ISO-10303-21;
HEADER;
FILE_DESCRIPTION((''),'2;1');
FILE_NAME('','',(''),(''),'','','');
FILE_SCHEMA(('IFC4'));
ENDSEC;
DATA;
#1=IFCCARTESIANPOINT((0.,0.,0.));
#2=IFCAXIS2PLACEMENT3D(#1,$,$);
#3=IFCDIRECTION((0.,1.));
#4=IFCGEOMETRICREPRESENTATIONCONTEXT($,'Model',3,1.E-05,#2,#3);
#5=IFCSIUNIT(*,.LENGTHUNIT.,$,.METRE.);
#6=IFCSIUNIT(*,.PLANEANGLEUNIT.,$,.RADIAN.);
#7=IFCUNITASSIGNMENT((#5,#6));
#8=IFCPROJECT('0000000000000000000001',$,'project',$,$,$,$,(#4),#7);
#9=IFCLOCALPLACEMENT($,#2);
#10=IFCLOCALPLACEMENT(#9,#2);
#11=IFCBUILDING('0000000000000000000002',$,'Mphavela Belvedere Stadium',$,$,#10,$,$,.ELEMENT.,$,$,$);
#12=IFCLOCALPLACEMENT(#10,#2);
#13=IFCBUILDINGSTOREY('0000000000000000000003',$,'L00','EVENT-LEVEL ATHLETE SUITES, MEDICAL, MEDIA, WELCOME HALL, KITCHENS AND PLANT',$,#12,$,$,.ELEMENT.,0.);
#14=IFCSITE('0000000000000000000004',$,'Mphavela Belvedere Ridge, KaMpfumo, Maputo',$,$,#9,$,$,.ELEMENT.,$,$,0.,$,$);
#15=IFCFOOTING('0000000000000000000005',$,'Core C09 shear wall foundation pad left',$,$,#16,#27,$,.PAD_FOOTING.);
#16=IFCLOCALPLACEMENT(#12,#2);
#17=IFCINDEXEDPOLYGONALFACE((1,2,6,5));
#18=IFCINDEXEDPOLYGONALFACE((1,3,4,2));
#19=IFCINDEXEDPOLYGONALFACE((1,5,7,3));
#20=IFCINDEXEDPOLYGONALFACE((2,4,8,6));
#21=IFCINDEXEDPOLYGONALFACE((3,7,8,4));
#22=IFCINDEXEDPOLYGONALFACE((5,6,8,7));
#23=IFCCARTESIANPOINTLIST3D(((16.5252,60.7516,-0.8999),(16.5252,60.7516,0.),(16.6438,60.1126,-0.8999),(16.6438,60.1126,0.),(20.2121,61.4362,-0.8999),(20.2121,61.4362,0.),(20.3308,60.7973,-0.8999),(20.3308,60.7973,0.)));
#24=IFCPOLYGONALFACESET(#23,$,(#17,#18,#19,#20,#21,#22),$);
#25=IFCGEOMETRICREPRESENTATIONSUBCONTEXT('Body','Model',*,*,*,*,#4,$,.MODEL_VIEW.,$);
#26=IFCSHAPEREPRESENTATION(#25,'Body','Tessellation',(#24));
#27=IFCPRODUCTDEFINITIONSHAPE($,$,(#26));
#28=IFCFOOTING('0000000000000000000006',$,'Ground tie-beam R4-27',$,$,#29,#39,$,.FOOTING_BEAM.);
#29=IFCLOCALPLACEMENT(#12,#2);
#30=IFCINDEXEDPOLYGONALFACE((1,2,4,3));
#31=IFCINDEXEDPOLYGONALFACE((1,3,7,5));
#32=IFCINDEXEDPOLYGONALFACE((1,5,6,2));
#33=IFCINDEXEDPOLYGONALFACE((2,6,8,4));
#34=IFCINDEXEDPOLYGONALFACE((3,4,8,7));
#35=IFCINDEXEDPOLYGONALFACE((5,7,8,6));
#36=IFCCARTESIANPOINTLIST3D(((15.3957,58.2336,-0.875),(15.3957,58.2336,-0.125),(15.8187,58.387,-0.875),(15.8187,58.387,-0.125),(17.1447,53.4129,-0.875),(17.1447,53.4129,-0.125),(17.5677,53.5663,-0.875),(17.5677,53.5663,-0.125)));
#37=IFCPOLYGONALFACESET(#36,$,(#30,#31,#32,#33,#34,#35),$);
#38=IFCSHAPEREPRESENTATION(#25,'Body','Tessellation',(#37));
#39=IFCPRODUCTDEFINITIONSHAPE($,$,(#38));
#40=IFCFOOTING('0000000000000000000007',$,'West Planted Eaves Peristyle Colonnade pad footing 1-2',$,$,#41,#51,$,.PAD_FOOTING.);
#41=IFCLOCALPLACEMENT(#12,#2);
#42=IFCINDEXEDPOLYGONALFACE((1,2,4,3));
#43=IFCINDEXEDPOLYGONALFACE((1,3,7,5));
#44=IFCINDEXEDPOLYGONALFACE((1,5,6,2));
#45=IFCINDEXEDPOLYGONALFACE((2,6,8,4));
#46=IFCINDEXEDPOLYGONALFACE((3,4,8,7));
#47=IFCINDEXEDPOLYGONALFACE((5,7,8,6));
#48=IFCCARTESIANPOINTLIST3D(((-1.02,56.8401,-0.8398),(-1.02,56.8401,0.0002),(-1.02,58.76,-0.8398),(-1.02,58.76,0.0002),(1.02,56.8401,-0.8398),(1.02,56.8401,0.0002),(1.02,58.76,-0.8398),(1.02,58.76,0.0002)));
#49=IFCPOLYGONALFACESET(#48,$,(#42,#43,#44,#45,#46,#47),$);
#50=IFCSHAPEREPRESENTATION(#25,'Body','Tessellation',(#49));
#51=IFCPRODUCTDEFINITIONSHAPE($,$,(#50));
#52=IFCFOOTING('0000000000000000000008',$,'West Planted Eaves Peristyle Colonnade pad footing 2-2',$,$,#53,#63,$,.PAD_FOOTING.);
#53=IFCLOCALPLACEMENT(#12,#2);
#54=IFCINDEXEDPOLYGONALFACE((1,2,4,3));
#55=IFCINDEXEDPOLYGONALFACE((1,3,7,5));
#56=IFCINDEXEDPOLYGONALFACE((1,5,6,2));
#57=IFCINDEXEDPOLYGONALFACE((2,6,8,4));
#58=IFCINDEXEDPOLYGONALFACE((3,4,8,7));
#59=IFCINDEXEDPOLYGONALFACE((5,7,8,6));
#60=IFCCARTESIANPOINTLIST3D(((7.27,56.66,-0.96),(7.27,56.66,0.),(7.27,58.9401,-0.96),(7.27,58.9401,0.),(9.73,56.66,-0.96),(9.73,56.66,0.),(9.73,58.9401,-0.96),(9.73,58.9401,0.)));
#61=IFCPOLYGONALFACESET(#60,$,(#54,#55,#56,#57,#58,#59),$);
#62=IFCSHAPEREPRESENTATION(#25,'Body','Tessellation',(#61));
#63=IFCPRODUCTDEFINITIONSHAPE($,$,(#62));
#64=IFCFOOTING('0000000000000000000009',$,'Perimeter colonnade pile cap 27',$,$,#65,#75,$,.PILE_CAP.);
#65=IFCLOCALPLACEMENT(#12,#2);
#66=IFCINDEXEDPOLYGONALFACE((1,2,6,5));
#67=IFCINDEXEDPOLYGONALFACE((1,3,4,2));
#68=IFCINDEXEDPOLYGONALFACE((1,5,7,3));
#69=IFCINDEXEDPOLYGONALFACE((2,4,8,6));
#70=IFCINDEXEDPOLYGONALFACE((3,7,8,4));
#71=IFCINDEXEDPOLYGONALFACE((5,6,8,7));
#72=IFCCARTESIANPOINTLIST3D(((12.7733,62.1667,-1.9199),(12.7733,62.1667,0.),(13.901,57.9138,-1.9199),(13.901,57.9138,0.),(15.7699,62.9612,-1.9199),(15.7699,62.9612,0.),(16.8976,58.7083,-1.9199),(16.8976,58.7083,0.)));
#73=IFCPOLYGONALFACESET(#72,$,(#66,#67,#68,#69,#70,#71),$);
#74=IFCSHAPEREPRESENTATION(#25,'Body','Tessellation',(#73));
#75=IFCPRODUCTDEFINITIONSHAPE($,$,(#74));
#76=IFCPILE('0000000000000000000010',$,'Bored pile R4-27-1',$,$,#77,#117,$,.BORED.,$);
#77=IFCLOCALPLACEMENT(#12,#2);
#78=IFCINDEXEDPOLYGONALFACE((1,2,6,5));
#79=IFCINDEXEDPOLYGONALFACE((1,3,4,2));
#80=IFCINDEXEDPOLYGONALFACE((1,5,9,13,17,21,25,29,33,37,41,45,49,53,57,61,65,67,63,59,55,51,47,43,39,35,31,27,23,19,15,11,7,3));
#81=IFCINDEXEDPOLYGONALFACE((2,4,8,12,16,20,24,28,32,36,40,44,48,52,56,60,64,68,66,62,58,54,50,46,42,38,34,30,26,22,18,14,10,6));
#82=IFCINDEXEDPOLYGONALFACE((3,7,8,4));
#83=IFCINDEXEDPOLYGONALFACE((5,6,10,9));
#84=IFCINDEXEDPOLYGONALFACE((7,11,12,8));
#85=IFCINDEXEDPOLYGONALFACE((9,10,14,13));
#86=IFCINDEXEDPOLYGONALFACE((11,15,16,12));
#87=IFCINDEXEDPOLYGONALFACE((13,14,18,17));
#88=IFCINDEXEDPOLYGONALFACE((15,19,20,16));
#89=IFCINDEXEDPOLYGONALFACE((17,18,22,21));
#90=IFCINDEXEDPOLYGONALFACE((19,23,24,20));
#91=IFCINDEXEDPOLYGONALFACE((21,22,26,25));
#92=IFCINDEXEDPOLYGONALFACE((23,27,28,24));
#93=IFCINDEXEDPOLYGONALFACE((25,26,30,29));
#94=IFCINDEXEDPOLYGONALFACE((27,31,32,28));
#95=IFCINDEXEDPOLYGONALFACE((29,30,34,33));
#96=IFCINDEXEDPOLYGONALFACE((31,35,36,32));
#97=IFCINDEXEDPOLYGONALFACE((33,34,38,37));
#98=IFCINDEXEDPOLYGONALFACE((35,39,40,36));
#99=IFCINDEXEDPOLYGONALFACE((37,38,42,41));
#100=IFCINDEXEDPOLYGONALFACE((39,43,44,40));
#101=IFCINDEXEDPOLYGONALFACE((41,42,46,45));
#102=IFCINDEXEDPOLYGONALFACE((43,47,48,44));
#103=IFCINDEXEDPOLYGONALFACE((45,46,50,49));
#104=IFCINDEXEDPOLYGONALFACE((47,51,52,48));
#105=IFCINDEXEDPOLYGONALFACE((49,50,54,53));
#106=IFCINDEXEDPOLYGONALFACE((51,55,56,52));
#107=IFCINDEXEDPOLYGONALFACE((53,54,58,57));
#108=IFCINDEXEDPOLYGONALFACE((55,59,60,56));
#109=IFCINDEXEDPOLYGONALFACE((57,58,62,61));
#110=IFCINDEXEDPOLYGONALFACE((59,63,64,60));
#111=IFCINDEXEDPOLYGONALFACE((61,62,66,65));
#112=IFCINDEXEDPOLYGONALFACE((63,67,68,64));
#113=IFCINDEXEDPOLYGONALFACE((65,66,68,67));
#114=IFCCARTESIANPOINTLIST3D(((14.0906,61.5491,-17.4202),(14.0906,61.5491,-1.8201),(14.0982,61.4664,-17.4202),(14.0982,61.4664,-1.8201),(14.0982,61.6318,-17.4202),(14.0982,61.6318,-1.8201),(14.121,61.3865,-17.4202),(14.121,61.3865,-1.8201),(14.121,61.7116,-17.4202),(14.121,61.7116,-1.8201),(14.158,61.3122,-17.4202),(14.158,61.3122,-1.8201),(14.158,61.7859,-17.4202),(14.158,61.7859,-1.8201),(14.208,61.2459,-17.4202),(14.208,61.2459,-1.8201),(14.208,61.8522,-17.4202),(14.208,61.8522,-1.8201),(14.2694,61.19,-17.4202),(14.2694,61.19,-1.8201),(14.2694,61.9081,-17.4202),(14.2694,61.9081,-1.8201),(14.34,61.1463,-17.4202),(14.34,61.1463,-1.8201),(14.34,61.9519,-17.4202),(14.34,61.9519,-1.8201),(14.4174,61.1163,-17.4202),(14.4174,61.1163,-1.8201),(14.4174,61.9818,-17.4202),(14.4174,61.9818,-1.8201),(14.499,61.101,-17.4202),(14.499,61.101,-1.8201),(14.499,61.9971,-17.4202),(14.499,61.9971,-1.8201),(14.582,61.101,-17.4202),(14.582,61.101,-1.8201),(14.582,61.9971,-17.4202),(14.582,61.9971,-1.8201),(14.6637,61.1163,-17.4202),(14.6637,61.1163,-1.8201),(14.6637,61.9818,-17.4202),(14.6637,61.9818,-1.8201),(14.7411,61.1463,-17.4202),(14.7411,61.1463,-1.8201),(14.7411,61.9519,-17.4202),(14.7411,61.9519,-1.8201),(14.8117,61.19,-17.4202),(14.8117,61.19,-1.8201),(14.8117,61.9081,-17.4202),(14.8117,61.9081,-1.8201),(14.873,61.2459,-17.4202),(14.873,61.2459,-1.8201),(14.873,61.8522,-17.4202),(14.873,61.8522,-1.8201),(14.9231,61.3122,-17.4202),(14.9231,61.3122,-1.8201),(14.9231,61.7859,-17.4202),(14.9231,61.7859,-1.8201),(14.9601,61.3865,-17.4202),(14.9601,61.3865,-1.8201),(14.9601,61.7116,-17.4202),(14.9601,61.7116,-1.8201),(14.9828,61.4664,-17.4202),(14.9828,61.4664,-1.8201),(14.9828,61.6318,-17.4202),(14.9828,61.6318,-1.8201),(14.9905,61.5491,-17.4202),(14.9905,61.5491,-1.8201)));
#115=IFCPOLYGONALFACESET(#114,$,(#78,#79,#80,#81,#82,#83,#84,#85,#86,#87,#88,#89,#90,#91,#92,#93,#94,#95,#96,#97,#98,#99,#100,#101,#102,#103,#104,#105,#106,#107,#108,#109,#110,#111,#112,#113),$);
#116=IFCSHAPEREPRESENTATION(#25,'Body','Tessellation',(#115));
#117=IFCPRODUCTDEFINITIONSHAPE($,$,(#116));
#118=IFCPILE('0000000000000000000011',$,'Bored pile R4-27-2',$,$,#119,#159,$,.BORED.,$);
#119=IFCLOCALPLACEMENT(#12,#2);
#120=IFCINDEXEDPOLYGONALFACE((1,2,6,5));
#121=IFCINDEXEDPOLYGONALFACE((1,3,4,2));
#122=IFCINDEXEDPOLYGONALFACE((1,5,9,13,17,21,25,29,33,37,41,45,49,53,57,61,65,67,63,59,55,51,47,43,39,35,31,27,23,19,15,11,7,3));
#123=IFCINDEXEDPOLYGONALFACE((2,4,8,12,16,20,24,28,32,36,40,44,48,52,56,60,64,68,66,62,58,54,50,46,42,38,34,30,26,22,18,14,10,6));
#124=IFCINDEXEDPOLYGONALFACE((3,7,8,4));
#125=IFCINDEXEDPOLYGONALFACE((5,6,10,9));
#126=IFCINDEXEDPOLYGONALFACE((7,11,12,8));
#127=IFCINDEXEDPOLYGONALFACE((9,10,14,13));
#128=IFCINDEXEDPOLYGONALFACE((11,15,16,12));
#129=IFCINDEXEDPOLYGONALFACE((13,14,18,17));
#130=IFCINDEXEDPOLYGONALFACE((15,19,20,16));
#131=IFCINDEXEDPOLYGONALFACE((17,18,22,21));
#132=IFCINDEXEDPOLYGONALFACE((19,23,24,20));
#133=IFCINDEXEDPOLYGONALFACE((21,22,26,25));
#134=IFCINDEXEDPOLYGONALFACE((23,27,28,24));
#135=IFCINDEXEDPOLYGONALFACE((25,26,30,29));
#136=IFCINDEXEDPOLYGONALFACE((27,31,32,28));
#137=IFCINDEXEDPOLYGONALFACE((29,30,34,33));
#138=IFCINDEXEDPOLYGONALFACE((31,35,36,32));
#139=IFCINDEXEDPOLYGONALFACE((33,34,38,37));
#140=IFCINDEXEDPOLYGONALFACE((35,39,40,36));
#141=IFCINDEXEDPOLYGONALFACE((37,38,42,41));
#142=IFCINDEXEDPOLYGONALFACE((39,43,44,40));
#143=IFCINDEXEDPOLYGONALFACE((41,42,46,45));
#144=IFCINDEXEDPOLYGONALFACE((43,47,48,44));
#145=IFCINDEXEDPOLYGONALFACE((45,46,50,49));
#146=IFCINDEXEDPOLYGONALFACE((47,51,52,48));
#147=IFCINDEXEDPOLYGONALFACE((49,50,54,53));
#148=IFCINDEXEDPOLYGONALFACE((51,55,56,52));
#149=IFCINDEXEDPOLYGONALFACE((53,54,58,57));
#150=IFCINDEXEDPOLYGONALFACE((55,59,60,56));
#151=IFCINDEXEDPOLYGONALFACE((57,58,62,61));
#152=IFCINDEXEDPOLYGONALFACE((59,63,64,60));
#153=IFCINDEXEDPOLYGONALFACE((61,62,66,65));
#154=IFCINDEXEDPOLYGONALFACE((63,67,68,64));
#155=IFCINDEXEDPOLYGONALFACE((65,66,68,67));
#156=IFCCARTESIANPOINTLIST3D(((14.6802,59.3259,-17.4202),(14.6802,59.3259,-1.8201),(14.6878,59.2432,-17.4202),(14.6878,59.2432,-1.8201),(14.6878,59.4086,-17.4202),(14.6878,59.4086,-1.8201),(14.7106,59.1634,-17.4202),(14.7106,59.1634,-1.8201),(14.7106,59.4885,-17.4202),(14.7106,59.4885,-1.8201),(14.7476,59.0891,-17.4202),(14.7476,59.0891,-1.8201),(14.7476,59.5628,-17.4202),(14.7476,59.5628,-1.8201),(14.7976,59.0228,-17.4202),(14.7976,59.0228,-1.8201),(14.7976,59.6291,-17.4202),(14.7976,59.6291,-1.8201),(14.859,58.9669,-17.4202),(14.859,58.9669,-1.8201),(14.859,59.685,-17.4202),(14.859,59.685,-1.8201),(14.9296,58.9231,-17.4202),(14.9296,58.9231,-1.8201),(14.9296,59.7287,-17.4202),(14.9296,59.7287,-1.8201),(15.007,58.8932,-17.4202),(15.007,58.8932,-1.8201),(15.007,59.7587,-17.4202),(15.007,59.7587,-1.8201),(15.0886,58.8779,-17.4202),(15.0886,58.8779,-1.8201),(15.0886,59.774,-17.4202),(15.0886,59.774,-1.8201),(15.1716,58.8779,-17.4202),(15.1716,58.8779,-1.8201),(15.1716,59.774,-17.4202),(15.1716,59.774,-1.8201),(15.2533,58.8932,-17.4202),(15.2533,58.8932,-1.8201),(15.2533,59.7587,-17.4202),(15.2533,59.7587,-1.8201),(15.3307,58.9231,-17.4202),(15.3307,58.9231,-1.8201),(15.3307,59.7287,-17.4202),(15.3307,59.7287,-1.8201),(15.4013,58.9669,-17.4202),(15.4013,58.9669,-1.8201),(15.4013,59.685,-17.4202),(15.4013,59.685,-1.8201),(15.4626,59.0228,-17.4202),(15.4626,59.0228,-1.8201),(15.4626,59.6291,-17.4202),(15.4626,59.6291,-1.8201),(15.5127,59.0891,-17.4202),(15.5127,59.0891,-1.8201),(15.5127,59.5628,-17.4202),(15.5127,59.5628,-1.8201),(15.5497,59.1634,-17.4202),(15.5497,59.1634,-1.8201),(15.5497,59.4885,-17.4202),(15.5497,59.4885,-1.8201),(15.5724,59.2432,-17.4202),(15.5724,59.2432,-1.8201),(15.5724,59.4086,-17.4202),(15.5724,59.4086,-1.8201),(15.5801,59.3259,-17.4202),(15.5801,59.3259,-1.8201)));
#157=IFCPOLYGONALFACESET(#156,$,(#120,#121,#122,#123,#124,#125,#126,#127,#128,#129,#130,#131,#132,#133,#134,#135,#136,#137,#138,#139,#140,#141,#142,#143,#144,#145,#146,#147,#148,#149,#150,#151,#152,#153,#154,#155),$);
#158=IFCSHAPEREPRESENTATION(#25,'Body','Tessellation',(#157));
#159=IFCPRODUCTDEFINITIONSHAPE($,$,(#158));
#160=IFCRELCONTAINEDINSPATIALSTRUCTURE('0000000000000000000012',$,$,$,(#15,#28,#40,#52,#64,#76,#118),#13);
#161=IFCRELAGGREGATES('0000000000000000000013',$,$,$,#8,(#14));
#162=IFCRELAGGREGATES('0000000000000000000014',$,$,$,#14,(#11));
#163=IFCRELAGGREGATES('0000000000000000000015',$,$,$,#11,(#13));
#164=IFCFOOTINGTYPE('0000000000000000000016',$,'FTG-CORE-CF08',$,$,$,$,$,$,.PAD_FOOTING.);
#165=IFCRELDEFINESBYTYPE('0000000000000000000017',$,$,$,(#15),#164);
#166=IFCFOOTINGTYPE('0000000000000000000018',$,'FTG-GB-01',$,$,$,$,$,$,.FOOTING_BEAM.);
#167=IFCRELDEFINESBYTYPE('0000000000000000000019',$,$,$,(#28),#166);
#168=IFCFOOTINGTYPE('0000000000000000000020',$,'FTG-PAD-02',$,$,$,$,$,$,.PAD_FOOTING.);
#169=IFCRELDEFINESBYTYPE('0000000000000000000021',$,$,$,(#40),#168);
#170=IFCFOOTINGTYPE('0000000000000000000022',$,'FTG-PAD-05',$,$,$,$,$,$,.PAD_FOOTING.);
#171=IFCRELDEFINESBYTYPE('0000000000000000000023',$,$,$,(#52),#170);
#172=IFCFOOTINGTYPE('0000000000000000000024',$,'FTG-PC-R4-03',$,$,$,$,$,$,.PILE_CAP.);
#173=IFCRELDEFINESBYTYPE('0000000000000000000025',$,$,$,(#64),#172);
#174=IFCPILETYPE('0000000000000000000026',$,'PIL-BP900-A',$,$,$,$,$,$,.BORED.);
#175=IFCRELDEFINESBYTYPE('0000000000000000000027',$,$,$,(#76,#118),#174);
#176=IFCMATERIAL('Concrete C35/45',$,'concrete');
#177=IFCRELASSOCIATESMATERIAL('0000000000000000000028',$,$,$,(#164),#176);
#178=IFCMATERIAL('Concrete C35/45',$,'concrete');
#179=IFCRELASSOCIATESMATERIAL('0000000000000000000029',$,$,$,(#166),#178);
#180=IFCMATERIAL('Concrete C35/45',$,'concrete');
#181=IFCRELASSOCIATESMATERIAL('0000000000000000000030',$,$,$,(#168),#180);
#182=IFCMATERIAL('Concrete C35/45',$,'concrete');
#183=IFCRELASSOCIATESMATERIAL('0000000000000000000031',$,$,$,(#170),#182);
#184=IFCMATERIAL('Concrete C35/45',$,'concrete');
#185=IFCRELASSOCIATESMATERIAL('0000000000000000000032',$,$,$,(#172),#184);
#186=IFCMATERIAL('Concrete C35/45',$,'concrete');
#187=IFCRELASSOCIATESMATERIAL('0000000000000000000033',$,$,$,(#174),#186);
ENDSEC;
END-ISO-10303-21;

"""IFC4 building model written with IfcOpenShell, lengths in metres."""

from ifc_helpers import new_model, si_unit, direction, frame, origin, origin_2d, place, context, subcontext, project, spatial, rectangle, circle, extrude, material, material_profile, profile_set, type_object, element, save


model = new_model("IFC4")

# Units and contexts
model_context = context("Model", 3, precision=1e-05, world=origin(), true_north=direction((0.0, 1.0)))
body_context = subcontext(model_context, "Body", "Model", "MODEL_VIEW")
ifc_project = project(units=[si_unit("LENGTHUNIT", "METRE"), si_unit("PLANEANGLEUNIT", "RADIAN")], contexts=[model_context])

# Site, building, storey
site_placement = place(None, origin())
site = spatial("IfcSite", under=ifc_project, at=site_placement, Name="Mphavela Belvedere Ridge, KaMpfumo, Maputo", CompositionType="ELEMENT", RefElevation=0.0)
building_placement = place(site_placement, origin())
building = spatial("IfcBuilding", under=site, at=building_placement, Name="Mphavela Belvedere Stadium", CompositionType="ELEMENT")
storey_placement = place(building_placement, origin())
storey = spatial("IfcBuildingStorey", under=building, at=storey_placement, Name="L00", Description="EVENT-LEVEL ATHLETE SUITES, MEDICAL, MEDIA, WELCOME HALL, KITCHENS AND PLANT", CompositionType="ELEMENT", Elevation=0.0)

# Footings
ifc_material_1 = material(Name="Concrete C35/45", Category="concrete")
footing_type_1 = type_object("IfcFootingType", Name="FTG-CORE-CF08", PredefinedType="PAD_FOOTING", material=ifc_material_1)
footing_1_placement = place(storey_placement, frame((18.428, 60.7744, -0.8999), z_axis=(0.0, 0.0, 1.0), x_axis=(-0.983191, -0.182579, 0.0)))
element("IfcFooting", 1, at=footing_1_placement, inside=storey, type_object=footing_type_1, Name="Core C09 shear wall foundation pad left", PredefinedType="PAD_FOOTING", context=body_context, shape_type="SweptSolid", body=[
    extrude(rectangle(XDim=3.75, YDim=0.6499, at=origin_2d()), origin(), (0.0, 0.0, 1.0), 0.8999),
])
ifc_material_2 = material(Name="Concrete C35/45", Category="concrete")
ifc_material_profile_1 = material_profile(ifc_material_2, rectangle(XDim=0.45, YDim=0.75, at=origin_2d()), Name="GB 450x750")
ifc_profile_set_1 = profile_set([ifc_material_profile_1], Name="Concrete C35/45")
footing_type_2 = type_object("IfcFootingType", Name="FTG-GB-01", PredefinedType="FOOTING_BEAM", material=ifc_profile_set_1)
footing_2_placement = place(storey_placement, frame((15.6072, 58.3103, -0.5), z_axis=(0.341055, -0.940043, 0.0), x_axis=(0.940043, 0.341055, 0.0)))
element("IfcFooting", 2, at=footing_2_placement, inside=storey, type_object=footing_type_2, Name="Ground tie-beam R4-27", PredefinedType="FOOTING_BEAM", context=body_context, shape_type="SweptSolid", body=[
    extrude(rectangle(XDim=0.45, YDim=0.75, at=origin_2d()), origin(), (0.0, 0.0, 1.0), 5.1282),
])
ifc_material_3 = material(Name="Concrete C35/45", Category="concrete")
footing_type_3 = type_object("IfcFootingType", Name="FTG-PAD-02", PredefinedType="PAD_FOOTING", material=ifc_material_3)
footing_3_placement = place(storey_placement, frame((0.0, 57.8, -0.8398), z_axis=(0.0, 0.0, 1.0), x_axis=(1.0, 0.0, 0.0)))
element("IfcFooting", 3, at=footing_3_placement, inside=storey, type_object=footing_type_3, Name="West Planted Eaves Peristyle Colonnade pad footing 1-2", PredefinedType="PAD_FOOTING", context=body_context, shape_type="SweptSolid", body=[
    extrude(rectangle(XDim=2.04, YDim=1.9199, at=origin_2d()), origin(), (0.0, 0.0, 1.0), 0.8401),
])
ifc_material_4 = material(Name="Concrete C35/45", Category="concrete")
footing_type_4 = type_object("IfcFootingType", Name="FTG-PAD-05", PredefinedType="PAD_FOOTING", material=ifc_material_4)
footing_4_placement = place(storey_placement, frame((8.5, 57.8, -0.96), z_axis=(0.0, 0.0, 1.0), x_axis=(1.0, 0.0, 0.0)))
element("IfcFooting", 4, at=footing_4_placement, inside=storey, type_object=footing_type_4, Name="West Planted Eaves Peristyle Colonnade pad footing 2-2", PredefinedType="PAD_FOOTING", context=body_context, shape_type="SweptSolid", body=[
    extrude(rectangle(XDim=2.46, YDim=2.28, at=origin_2d()), origin(), (0.0, 0.0, 1.0), 0.96),
])
ifc_material_5 = material(Name="Concrete C35/45", Category="concrete")
footing_type_5 = type_object("IfcFootingType", Name="FTG-PC-R4-03", PredefinedType="PILE_CAP", material=ifc_material_5)
footing_5_placement = place(storey_placement, frame((14.8354, 60.4375, -1.9199), z_axis=(0.0, 0.0, 1.0), x_axis=(0.256289, -0.9666, 0.0)))
element("IfcFooting", 5, at=footing_5_placement, inside=storey, type_object=footing_type_5, Name="Perimeter colonnade pile cap 27", PredefinedType="PILE_CAP", context=body_context, shape_type="SweptSolid", body=[
    extrude(rectangle(XDim=4.3999, YDim=3.1001, at=origin_2d()), origin(), (0.0, 0.0, 1.0), 1.9199),
])

# Piles
ifc_material_6 = material(Name="Concrete C35/45", Category="concrete")
ifc_material_profile_2 = material_profile(ifc_material_6, circle(Radius=0.45, at=origin_2d()), Name="BP D900")
ifc_profile_set_2 = profile_set([ifc_material_profile_2], Name="Concrete C35/45")
pile_type = type_object("IfcPileType", Name="PIL-BP900-A", PredefinedType="BORED", material=ifc_profile_set_2)
for number, where, z_axis, x_axis, name in (
    (6, (14.5405, 61.5491, -1.8201), (0.0, 0.0, -1.0), (1.0, 0.0, 0.0), "Bored pile R4-27-1"),
    (7, (15.1301, 59.3259, -1.8201), (0.0, 0.0, -1.0), (1.0, 0.0, 0.0), "Bored pile R4-27-2"),
):
    element("IfcPile", number, at=place(storey_placement, frame(where, z_axis=z_axis, x_axis=x_axis)), inside=storey, type_object=pile_type, Name=name, PredefinedType="BORED", context=body_context, shape_type="SweptSolid", body=[
        extrude(circle(Radius=0.45, at=origin_2d()), origin(), (0.0, 0.0, 1.0), 15.6001),
    ])

save(model, "model.ifc")
